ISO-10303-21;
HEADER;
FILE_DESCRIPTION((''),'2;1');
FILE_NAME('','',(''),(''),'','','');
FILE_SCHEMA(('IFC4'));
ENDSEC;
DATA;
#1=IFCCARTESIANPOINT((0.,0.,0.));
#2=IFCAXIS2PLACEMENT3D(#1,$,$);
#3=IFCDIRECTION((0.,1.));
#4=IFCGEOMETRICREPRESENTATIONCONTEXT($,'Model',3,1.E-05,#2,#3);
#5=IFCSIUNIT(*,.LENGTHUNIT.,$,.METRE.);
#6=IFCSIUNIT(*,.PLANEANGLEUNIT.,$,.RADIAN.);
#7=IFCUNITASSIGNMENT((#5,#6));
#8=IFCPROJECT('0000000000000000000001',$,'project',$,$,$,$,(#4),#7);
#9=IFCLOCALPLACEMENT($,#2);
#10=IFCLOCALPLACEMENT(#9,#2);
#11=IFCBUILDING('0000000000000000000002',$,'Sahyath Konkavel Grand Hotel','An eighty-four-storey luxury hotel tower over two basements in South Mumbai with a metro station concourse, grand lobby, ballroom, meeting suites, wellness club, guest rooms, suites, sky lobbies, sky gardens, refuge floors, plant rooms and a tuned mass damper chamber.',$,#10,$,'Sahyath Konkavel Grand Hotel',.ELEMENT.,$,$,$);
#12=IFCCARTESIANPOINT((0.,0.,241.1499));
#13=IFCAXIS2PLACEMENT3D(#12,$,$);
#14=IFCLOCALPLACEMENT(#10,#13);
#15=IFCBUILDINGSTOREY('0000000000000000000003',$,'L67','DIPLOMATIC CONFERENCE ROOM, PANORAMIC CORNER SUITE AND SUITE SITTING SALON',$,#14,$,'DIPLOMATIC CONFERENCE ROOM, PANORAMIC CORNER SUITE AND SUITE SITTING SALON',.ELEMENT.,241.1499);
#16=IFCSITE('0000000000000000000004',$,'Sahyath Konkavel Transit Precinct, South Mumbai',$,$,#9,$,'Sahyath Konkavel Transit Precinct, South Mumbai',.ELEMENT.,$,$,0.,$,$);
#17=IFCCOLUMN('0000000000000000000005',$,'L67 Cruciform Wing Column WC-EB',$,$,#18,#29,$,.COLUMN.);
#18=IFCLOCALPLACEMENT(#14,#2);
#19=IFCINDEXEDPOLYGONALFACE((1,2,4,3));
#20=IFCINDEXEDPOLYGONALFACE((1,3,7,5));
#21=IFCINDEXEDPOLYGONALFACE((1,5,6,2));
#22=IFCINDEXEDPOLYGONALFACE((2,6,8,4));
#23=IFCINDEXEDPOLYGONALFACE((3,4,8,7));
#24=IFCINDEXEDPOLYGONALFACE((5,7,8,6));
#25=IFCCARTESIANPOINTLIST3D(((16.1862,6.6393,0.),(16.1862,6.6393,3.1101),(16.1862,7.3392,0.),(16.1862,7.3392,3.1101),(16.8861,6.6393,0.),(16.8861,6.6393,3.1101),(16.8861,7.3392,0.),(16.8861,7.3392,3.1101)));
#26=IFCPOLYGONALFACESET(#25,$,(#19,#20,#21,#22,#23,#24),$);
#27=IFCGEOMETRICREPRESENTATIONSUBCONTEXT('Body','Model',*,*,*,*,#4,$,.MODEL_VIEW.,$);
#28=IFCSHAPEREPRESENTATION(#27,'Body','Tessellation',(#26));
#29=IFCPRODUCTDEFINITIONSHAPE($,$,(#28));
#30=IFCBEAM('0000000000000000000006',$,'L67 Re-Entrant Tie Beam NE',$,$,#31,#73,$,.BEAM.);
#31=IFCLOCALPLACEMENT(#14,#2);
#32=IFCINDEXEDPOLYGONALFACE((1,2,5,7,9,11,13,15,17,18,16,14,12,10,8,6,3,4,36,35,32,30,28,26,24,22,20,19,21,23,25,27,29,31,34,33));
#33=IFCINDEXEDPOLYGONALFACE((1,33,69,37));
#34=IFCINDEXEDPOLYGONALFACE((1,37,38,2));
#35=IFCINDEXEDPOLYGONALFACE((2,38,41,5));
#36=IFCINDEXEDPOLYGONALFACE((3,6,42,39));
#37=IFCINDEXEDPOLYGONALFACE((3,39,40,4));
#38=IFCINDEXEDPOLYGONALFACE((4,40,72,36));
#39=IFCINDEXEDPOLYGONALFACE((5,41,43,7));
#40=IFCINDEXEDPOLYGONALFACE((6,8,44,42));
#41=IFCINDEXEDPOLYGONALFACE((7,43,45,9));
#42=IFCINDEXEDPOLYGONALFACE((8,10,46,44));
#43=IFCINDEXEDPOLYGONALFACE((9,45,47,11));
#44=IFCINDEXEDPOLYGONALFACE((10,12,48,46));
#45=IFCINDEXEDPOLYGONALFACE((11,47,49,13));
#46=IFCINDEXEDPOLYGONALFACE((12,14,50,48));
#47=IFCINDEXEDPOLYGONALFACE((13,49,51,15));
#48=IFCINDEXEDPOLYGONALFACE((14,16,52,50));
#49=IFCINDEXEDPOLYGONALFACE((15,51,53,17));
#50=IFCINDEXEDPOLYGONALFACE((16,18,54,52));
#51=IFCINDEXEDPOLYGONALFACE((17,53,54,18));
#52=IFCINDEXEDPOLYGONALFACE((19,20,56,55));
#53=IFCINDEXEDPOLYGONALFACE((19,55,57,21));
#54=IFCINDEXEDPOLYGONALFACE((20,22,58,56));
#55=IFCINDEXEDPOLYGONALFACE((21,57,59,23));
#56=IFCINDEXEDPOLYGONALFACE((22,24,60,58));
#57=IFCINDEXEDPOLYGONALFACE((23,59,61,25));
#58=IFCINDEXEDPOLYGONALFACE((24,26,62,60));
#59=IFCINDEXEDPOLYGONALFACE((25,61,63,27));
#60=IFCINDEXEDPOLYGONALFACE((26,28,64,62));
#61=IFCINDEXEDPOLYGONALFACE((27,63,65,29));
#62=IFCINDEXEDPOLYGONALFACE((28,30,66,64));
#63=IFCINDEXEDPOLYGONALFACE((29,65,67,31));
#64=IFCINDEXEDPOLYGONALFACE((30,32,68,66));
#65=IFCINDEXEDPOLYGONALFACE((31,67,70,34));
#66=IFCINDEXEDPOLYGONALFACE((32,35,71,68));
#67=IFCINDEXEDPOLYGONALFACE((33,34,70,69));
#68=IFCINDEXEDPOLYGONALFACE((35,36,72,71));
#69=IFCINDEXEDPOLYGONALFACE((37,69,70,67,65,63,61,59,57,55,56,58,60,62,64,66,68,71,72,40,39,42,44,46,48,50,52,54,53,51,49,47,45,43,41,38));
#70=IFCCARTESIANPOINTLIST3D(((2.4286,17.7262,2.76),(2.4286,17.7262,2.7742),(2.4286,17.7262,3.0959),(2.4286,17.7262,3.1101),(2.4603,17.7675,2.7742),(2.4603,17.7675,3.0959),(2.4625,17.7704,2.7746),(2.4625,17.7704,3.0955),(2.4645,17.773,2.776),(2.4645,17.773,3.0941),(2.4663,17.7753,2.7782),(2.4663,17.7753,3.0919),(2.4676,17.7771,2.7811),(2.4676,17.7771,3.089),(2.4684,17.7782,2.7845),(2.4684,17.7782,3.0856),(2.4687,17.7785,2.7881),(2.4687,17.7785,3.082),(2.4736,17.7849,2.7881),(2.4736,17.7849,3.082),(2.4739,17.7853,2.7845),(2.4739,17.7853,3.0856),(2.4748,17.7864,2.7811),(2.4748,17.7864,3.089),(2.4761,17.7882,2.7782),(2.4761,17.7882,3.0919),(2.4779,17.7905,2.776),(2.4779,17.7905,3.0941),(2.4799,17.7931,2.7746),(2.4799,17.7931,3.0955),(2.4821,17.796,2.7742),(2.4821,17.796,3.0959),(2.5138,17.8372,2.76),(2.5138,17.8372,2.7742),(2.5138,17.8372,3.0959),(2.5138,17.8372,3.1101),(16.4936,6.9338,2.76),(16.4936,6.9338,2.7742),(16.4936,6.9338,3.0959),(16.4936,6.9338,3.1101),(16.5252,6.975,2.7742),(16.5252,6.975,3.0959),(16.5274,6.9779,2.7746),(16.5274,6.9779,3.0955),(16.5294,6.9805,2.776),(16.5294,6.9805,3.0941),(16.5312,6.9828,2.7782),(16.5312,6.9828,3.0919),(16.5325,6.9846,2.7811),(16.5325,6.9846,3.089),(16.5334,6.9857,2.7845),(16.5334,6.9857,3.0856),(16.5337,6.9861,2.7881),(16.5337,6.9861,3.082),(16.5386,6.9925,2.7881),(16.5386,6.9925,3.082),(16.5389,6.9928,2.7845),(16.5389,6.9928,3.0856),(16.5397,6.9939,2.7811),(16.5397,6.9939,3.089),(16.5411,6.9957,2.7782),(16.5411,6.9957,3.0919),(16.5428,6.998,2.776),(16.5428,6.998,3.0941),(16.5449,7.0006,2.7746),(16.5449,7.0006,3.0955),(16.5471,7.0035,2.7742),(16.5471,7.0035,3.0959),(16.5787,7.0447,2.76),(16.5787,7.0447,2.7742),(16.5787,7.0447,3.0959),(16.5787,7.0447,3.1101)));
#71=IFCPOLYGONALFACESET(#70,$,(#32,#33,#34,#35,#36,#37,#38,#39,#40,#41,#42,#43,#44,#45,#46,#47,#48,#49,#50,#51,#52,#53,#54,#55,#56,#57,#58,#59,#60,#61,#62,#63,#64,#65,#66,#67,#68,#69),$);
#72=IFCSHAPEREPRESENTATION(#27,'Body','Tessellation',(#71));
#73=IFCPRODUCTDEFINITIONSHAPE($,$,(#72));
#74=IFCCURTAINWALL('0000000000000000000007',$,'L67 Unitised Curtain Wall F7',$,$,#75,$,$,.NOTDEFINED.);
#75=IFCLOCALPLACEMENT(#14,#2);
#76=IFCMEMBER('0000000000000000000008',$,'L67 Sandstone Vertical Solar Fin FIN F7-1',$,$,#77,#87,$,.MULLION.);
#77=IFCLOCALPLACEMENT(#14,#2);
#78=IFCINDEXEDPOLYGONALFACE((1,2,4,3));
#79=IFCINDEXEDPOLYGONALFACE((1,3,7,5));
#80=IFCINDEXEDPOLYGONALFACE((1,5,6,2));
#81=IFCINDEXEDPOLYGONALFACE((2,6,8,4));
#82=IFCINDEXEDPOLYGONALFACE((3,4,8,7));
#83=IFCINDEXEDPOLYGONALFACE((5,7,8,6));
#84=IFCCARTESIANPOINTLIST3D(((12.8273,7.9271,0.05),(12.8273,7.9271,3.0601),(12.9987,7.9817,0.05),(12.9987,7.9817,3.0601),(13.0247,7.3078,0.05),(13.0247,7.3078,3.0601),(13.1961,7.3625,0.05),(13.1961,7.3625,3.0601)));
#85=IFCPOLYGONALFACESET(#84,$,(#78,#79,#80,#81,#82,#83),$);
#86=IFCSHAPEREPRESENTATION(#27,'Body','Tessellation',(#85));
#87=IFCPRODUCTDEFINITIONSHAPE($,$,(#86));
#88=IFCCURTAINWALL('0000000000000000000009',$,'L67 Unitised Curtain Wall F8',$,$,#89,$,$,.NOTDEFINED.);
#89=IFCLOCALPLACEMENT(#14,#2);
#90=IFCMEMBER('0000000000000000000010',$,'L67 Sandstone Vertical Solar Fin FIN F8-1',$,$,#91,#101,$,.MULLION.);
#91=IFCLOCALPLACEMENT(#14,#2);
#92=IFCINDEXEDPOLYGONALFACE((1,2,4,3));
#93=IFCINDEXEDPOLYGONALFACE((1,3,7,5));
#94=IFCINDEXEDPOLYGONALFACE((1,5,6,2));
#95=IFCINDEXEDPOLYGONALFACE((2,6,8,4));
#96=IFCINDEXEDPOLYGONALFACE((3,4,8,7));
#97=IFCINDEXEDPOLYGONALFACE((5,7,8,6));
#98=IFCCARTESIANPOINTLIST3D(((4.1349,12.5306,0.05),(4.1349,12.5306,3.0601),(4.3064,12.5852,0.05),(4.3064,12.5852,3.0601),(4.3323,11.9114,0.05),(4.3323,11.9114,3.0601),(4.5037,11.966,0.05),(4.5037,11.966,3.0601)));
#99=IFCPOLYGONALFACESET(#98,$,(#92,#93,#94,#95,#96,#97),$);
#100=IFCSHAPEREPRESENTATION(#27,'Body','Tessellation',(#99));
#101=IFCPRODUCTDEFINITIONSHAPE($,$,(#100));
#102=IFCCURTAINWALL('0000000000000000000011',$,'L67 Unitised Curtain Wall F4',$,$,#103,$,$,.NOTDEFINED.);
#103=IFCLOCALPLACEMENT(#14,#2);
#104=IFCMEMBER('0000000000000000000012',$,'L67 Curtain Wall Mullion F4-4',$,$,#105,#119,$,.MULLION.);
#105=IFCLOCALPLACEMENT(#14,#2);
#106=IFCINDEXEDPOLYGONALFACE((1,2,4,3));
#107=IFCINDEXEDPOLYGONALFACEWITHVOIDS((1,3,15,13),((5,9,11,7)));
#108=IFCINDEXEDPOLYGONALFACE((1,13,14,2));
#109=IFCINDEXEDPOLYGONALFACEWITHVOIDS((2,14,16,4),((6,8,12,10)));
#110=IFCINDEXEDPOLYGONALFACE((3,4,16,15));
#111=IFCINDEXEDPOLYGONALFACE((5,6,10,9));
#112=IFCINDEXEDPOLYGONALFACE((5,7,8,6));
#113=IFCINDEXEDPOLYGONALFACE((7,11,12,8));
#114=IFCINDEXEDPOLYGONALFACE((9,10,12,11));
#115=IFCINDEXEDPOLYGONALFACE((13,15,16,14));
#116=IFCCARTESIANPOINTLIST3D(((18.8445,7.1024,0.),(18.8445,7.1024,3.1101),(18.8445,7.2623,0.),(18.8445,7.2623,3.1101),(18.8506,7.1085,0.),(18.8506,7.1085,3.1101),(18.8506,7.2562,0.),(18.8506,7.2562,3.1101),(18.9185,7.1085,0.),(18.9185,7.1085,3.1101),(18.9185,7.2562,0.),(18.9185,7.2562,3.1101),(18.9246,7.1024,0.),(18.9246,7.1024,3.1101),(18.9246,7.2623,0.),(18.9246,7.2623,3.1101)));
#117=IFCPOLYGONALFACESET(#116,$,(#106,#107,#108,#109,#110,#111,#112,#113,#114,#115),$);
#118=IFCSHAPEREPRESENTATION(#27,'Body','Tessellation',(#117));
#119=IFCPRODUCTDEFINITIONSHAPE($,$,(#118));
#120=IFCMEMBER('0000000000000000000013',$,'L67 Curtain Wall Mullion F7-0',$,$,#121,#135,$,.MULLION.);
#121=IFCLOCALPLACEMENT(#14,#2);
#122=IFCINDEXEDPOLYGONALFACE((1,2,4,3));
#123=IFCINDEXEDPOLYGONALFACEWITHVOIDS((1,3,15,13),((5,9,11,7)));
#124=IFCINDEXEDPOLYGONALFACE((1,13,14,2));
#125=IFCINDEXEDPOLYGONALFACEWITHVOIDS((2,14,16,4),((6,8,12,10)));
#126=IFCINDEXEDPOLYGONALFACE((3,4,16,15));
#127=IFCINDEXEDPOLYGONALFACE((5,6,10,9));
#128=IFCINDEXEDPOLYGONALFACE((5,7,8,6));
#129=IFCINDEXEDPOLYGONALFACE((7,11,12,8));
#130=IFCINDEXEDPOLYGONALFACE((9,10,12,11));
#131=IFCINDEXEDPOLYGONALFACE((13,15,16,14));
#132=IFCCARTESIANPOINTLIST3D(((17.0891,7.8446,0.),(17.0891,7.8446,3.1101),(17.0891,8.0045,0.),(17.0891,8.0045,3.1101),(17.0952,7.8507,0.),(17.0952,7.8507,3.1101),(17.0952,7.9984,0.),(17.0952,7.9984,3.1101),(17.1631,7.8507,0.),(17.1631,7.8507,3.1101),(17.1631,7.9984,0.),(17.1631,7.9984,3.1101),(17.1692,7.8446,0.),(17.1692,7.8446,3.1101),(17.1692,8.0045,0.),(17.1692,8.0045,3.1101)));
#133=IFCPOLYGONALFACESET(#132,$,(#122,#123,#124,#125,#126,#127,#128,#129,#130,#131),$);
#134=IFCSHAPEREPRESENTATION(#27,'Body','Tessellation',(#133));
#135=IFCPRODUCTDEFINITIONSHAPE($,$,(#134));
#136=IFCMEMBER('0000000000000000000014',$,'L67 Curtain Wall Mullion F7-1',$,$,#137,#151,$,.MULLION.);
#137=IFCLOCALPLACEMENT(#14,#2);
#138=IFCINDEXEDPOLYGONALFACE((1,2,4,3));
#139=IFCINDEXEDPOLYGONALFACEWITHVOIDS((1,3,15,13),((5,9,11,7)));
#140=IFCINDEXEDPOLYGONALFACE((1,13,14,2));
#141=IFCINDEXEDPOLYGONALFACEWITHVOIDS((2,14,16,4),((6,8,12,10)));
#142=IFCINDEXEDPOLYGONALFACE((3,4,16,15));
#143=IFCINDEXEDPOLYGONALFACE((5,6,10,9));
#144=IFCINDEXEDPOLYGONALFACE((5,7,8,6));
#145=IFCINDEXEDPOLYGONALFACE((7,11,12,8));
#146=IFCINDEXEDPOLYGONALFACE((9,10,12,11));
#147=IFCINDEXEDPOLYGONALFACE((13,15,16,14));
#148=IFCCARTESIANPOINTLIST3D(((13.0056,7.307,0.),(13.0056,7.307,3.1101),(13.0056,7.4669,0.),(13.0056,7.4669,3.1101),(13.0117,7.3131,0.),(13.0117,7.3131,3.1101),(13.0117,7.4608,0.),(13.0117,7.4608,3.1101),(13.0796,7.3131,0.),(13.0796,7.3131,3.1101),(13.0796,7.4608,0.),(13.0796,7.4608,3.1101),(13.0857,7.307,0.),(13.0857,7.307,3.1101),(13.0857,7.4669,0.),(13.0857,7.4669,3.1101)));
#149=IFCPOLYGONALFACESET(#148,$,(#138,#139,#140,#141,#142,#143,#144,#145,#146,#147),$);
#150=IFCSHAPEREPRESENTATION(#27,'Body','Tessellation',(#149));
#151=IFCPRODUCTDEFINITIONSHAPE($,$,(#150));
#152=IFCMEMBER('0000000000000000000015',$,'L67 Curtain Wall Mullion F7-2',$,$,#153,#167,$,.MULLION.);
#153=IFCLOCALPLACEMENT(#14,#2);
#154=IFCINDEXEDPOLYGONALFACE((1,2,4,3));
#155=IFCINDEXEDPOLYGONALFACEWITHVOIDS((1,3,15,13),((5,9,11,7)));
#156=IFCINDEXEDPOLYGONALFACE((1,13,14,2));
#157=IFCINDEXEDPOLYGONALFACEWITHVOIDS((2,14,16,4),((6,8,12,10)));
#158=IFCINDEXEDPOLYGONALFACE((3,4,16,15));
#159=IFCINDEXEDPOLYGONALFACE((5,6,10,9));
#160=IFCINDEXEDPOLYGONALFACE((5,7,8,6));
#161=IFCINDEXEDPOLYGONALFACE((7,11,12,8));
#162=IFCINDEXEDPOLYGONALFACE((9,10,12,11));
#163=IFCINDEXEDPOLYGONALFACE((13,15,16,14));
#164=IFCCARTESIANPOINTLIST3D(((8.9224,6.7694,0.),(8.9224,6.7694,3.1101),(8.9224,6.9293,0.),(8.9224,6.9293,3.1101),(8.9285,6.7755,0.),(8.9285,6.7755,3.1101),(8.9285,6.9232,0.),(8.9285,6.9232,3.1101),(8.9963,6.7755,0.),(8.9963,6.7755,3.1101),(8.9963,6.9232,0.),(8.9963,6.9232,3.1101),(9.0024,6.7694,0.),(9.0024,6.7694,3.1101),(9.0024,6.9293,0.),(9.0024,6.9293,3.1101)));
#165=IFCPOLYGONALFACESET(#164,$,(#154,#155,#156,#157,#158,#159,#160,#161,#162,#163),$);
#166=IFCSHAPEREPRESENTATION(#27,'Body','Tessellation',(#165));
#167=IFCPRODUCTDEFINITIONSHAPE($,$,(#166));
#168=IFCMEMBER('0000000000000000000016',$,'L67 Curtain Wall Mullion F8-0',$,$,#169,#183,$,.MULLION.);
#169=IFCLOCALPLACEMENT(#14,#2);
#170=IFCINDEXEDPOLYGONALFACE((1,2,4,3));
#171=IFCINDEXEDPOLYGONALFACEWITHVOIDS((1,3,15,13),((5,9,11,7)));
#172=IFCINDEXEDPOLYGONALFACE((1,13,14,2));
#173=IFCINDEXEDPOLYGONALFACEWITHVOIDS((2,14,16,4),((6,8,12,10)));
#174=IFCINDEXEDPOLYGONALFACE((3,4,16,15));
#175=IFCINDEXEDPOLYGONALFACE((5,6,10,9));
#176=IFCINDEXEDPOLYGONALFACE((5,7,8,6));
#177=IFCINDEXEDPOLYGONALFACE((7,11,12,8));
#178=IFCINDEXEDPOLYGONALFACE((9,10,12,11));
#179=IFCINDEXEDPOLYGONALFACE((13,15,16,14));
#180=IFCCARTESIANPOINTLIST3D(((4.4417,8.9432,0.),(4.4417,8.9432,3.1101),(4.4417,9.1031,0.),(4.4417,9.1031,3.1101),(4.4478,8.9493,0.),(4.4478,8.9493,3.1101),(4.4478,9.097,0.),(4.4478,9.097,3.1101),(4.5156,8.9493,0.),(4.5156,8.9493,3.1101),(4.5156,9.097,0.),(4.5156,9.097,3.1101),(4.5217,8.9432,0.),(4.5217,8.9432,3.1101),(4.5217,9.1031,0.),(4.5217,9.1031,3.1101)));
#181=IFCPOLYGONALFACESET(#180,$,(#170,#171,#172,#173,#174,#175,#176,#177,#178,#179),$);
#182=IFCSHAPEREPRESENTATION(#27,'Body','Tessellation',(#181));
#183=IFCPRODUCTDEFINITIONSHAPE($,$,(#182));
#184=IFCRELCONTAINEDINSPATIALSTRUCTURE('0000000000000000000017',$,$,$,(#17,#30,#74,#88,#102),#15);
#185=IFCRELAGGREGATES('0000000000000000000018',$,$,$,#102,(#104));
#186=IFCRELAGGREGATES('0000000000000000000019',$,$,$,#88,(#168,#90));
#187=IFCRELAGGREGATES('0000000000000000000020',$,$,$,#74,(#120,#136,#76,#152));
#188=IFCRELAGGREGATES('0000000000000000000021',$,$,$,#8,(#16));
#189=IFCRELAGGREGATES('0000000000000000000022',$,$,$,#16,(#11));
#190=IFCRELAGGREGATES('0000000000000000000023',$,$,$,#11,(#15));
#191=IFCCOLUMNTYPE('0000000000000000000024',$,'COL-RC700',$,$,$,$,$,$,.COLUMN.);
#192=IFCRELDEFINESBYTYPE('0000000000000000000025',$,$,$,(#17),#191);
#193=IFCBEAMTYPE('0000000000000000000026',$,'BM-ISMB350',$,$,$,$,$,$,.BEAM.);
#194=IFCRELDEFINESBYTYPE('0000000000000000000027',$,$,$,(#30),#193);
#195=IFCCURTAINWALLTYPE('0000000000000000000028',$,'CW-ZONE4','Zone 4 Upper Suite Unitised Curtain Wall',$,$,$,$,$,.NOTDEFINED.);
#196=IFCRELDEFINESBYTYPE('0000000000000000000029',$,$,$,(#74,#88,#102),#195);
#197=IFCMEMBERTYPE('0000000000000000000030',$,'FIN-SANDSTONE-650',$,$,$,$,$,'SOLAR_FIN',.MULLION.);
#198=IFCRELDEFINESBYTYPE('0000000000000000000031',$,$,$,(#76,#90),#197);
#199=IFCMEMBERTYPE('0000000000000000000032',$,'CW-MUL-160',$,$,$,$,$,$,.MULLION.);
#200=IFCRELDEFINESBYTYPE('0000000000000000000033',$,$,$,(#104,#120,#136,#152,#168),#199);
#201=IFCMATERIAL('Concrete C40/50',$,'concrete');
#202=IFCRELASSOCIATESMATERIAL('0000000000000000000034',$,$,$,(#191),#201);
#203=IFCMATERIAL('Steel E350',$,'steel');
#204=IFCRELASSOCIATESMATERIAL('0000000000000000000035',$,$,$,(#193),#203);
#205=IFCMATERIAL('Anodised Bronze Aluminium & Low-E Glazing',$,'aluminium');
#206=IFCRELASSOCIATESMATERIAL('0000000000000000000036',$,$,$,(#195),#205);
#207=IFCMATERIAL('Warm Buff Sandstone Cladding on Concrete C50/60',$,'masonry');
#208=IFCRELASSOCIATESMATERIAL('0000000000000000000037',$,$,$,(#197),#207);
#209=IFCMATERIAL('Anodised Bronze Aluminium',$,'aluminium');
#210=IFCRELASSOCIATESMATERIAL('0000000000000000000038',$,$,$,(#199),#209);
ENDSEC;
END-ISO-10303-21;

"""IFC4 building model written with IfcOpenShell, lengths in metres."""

from ifc_helpers import new_model, si_unit, direction, frame, origin, origin_2d, place, context, subcontext, project, spatial, rectangle, hollow_rectangle, i_section, extrude, source, transform, mapped, material, material_profile, profile_set, type_object, element, aggregate, save


model = new_model("IFC4")

# Units and contexts
model_context = context("Model", 3, precision=1e-05, world=origin(), true_north=direction((0.0, 1.0)))
body_context = subcontext(model_context, "Body", "Model", "MODEL_VIEW")
ifc_project = project(units=[si_unit("LENGTHUNIT", "METRE"), si_unit("PLANEANGLEUNIT", "RADIAN")], contexts=[model_context])

# Site, building, storey
site_placement = place(None, origin())
site = spatial("IfcSite", under=ifc_project, at=site_placement, Name="Sahyath Konkavel Transit Precinct, South Mumbai", LongName="Sahyath Konkavel Transit Precinct, South Mumbai", CompositionType="ELEMENT", RefElevation=0.0)
building_placement = place(site_placement, origin())
building = spatial("IfcBuilding", under=site, at=building_placement, Name="Sahyath Konkavel Grand Hotel", Description="An eighty-four-storey luxury hotel tower over two basements in South Mumbai with a metro station concourse, grand lobby, ballroom, meeting suites, wellness club, guest rooms, suites, sky lobbies, sky gardens, refuge floors, plant rooms and a tuned mass damper chamber.", LongName="Sahyath Konkavel Grand Hotel", CompositionType="ELEMENT")
storey_placement = place(building_placement, frame((0.0, 0.0, 241.1499)))
storey = spatial("IfcBuildingStorey", under=building, at=storey_placement, Name="L67", Description="DIPLOMATIC CONFERENCE ROOM, PANORAMIC CORNER SUITE AND SUITE SITTING SALON", LongName="DIPLOMATIC CONFERENCE ROOM, PANORAMIC CORNER SUITE AND SUITE SITTING SALON", CompositionType="ELEMENT", Elevation=241.1499)

# Column
ifc_material_1 = material(Name="Concrete C40/50", Category="concrete")
ifc_material_profile_1 = material_profile(ifc_material_1, rectangle(XDim=0.7, YDim=0.7, at=origin_2d()), Name="RC 700x700")
ifc_profile_set_1 = profile_set([ifc_material_profile_1], Name="Concrete C40/50")
column_type = type_object("IfcColumnType", Name="COL-RC700", PredefinedType="COLUMN", material=ifc_profile_set_1)
shared_shape_1 = source(origin(), body_context, "Body", "SweptSolid", [
    extrude(rectangle(XDim=0.7, YDim=0.7, at=origin_2d()), origin(), (0.0, 0.0, 1.0), 3.1101),
])
column_placement = place(storey_placement, frame((16.5361, 6.9893, 0.0), z_axis=(0.0, 0.0, 1.0), x_axis=(1.0, 0.0, 0.0)))
element("IfcColumn", 1, at=column_placement, inside=storey, type_object=column_type, Name="L67 Cruciform Wing Column WC-EB", PredefinedType="COLUMN", context=body_context, shape_type="MappedRepresentation", body=[
    mapped(shared_shape_1, transform((0.0, 0.0, 0.0), scale=1.0)),
])

# Beam
ifc_material_2 = material(Name="Steel E350", Category="steel")
ifc_material_profile_2 = material_profile(ifc_material_2, i_section(OverallWidth=0.1399, OverallDepth=0.3501, WebThickness=0.0081, FlangeThickness=0.0142, FilletRadius=0.0139, at=origin_2d()), Name="ISMB 350")
ifc_profile_set_2 = profile_set([ifc_material_profile_2], Name="Steel E350")
beam_type = type_object("IfcBeamType", Name="BM-ISMB350", PredefinedType="BEAM", material=ifc_profile_set_2)
shared_shape_2 = source(origin(), body_context, "Body", "SweptSolid", [
    extrude(i_section(OverallWidth=0.1399, OverallDepth=0.3501, WebThickness=0.0081, FlangeThickness=0.0142, FilletRadius=0.0139, at=origin_2d()), origin(), (0.0, 0.0, 1.0), 17.7285),
])
beam_placement = place(storey_placement, frame((16.5361, 6.9893, 2.9351), z_axis=(-0.793351, 0.608764, 0.0), x_axis=(-0.608764, -0.793351, 0.0)))
element("IfcBeam", 2, at=beam_placement, inside=storey, type_object=beam_type, Name="L67 Re-Entrant Tie Beam NE", PredefinedType="BEAM", context=body_context, shape_type="MappedRepresentation", body=[
    mapped(shared_shape_2, transform((0.0, 0.0, 0.0), scale=1.0)),
])

# Curtain walls, members
ifc_material_3 = material(Name="Anodised Bronze Aluminium & Low-E Glazing", Category="aluminium")
curtain_wall_type = type_object("IfcCurtainWallType", Name="CW-ZONE4", Description="Zone 4 Upper Suite Unitised Curtain Wall", PredefinedType="NOTDEFINED", material=ifc_material_3)
curtain_wall_1_placement = place(storey_placement, origin())
curtain_wall_1 = element("IfcCurtainWall", 3, at=curtain_wall_1_placement, inside=storey, type_object=curtain_wall_type, Name="L67 Unitised Curtain Wall F7", PredefinedType="NOTDEFINED")
ifc_material_4 = material(Name="Warm Buff Sandstone Cladding on Concrete C50/60", Category="masonry")
ifc_material_profile_3 = material_profile(ifc_material_4, rectangle(XDim=0.1799, YDim=0.6499, at=origin_2d()), Name="FIN 180x650")
ifc_profile_set_3 = profile_set([ifc_material_profile_3], Name="Warm Buff Sandstone Cladding on Concrete C50/60")
member_type_1 = type_object("IfcMemberType", Name="FIN-SANDSTONE-650", ElementType="SOLAR_FIN", PredefinedType="MULLION", material=ifc_profile_set_3)
shared_shape_3 = source(origin(), body_context, "Body", "SweptSolid", [
    extrude(rectangle(XDim=0.1799, YDim=0.6499, at=origin_2d()), origin(), (0.0, 0.0, 1.0), 3.01),
])
member_1_placement = place(storey_placement, frame((13.0117, 7.6448, 0.05), z_axis=(0.0, 0.0, 1.0), x_axis=(0.952768, 0.303701, 0.0)))
member_1 = element("IfcMember", 4, at=member_1_placement, type_object=member_type_1, Name="L67 Sandstone Vertical Solar Fin FIN F7-1", PredefinedType="MULLION", context=body_context, shape_type="MappedRepresentation", body=[
    mapped(shared_shape_3, transform((0.0, 0.0, 0.0), scale=1.0)),
])
curtain_wall_2_placement = place(storey_placement, origin())
curtain_wall_2 = element("IfcCurtainWall", 5, at=curtain_wall_2_placement, inside=storey, type_object=curtain_wall_type, Name="L67 Unitised Curtain Wall F8", PredefinedType="NOTDEFINED")
member_2_placement = place(storey_placement, frame((4.3193, 12.2483, 0.05), z_axis=(0.0, 0.0, 1.0), x_axis=(0.952768, 0.303701, 0.0)))
member_2 = element("IfcMember", 6, at=member_2_placement, type_object=member_type_1, Name="L67 Sandstone Vertical Solar Fin FIN F8-1", PredefinedType="MULLION", context=body_context, shape_type="MappedRepresentation", body=[
    mapped(shared_shape_3, transform((0.0, 0.0, 0.0), scale=1.0)),
])
curtain_wall_3_placement = place(storey_placement, origin())
curtain_wall_3 = element("IfcCurtainWall", 7, at=curtain_wall_3_placement, inside=storey, type_object=curtain_wall_type, Name="L67 Unitised Curtain Wall F4", PredefinedType="NOTDEFINED")
ifc_material_5 = material(Name="Anodised Bronze Aluminium", Category="aluminium")
ifc_material_profile_4 = material_profile(ifc_material_5, hollow_rectangle(XDim=0.0801, YDim=0.1599, WallThickness=0.0061, at=origin_2d()), Name="RHS 160x80x6")
ifc_profile_set_4 = profile_set([ifc_material_profile_4], Name="Anodised Bronze Aluminium")
member_type_2 = type_object("IfcMemberType", Name="CW-MUL-160", PredefinedType="MULLION", material=ifc_profile_set_4)
shared_shape_4 = source(origin(), body_context, "Body", "SweptSolid", [
    extrude(hollow_rectangle(XDim=0.0801, YDim=0.1599, WallThickness=0.0061, at=origin_2d()), origin(), (0.0, 0.0, 1.0), 3.1101),
])
member_3_placement = place(storey_placement, frame((18.8845, 7.1824, 0.0), z_axis=(0.0, 0.0, 1.0), x_axis=(1.0, 0.0, 0.0)))
member_3 = element("IfcMember", 8, at=member_3_placement, type_object=member_type_2, Name="L67 Curtain Wall Mullion F4-4", PredefinedType="MULLION", context=body_context, shape_type="MappedRepresentation", body=[
    mapped(shared_shape_4, transform((0.0, 0.0, 0.0), scale=1.0)),
])
aggregate(curtain_wall_3, [member_3])

# Members
member_4_placement = place(storey_placement, frame((17.1292, 7.9246, 0.0), z_axis=(0.0, 0.0, 1.0), x_axis=(1.0, 0.0, 0.0)))
member_4 = element("IfcMember", 9, at=member_4_placement, type_object=member_type_2, Name="L67 Curtain Wall Mullion F7-0", PredefinedType="MULLION", context=body_context, shape_type="MappedRepresentation", body=[
    mapped(shared_shape_4, transform((0.0, 0.0, 0.0), scale=1.0)),
])
member_5_placement = place(storey_placement, frame((13.0457, 7.387, 0.0), z_axis=(0.0, 0.0, 1.0), x_axis=(1.0, 0.0, 0.0)))
member_5 = element("IfcMember", 10, at=member_5_placement, type_object=member_type_2, Name="L67 Curtain Wall Mullion F7-1", PredefinedType="MULLION", context=body_context, shape_type="MappedRepresentation", body=[
    mapped(shared_shape_4, transform((0.0, 0.0, 0.0), scale=1.0)),
])
member_6_placement = place(storey_placement, frame((8.9624, 6.8494, 0.0), z_axis=(0.0, 0.0, 1.0), x_axis=(1.0, 0.0, 0.0)))
member_6 = element("IfcMember", 11, at=member_6_placement, type_object=member_type_2, Name="L67 Curtain Wall Mullion F7-2", PredefinedType="MULLION", context=body_context, shape_type="MappedRepresentation", body=[
    mapped(shared_shape_4, transform((0.0, 0.0, 0.0), scale=1.0)),
])
member_7_placement = place(storey_placement, frame((4.4817, 9.0232, 0.0), z_axis=(0.0, 0.0, 1.0), x_axis=(1.0, 0.0, 0.0)))
member_7 = element("IfcMember", 12, at=member_7_placement, type_object=member_type_2, Name="L67 Curtain Wall Mullion F8-0", PredefinedType="MULLION", context=body_context, shape_type="MappedRepresentation", body=[
    mapped(shared_shape_4, transform((0.0, 0.0, 0.0), scale=1.0)),
])

aggregate(curtain_wall_2, [member_7, member_2])
aggregate(curtain_wall_1, [member_4, member_5, member_1, member_6])

save(model, "model.ifc")
